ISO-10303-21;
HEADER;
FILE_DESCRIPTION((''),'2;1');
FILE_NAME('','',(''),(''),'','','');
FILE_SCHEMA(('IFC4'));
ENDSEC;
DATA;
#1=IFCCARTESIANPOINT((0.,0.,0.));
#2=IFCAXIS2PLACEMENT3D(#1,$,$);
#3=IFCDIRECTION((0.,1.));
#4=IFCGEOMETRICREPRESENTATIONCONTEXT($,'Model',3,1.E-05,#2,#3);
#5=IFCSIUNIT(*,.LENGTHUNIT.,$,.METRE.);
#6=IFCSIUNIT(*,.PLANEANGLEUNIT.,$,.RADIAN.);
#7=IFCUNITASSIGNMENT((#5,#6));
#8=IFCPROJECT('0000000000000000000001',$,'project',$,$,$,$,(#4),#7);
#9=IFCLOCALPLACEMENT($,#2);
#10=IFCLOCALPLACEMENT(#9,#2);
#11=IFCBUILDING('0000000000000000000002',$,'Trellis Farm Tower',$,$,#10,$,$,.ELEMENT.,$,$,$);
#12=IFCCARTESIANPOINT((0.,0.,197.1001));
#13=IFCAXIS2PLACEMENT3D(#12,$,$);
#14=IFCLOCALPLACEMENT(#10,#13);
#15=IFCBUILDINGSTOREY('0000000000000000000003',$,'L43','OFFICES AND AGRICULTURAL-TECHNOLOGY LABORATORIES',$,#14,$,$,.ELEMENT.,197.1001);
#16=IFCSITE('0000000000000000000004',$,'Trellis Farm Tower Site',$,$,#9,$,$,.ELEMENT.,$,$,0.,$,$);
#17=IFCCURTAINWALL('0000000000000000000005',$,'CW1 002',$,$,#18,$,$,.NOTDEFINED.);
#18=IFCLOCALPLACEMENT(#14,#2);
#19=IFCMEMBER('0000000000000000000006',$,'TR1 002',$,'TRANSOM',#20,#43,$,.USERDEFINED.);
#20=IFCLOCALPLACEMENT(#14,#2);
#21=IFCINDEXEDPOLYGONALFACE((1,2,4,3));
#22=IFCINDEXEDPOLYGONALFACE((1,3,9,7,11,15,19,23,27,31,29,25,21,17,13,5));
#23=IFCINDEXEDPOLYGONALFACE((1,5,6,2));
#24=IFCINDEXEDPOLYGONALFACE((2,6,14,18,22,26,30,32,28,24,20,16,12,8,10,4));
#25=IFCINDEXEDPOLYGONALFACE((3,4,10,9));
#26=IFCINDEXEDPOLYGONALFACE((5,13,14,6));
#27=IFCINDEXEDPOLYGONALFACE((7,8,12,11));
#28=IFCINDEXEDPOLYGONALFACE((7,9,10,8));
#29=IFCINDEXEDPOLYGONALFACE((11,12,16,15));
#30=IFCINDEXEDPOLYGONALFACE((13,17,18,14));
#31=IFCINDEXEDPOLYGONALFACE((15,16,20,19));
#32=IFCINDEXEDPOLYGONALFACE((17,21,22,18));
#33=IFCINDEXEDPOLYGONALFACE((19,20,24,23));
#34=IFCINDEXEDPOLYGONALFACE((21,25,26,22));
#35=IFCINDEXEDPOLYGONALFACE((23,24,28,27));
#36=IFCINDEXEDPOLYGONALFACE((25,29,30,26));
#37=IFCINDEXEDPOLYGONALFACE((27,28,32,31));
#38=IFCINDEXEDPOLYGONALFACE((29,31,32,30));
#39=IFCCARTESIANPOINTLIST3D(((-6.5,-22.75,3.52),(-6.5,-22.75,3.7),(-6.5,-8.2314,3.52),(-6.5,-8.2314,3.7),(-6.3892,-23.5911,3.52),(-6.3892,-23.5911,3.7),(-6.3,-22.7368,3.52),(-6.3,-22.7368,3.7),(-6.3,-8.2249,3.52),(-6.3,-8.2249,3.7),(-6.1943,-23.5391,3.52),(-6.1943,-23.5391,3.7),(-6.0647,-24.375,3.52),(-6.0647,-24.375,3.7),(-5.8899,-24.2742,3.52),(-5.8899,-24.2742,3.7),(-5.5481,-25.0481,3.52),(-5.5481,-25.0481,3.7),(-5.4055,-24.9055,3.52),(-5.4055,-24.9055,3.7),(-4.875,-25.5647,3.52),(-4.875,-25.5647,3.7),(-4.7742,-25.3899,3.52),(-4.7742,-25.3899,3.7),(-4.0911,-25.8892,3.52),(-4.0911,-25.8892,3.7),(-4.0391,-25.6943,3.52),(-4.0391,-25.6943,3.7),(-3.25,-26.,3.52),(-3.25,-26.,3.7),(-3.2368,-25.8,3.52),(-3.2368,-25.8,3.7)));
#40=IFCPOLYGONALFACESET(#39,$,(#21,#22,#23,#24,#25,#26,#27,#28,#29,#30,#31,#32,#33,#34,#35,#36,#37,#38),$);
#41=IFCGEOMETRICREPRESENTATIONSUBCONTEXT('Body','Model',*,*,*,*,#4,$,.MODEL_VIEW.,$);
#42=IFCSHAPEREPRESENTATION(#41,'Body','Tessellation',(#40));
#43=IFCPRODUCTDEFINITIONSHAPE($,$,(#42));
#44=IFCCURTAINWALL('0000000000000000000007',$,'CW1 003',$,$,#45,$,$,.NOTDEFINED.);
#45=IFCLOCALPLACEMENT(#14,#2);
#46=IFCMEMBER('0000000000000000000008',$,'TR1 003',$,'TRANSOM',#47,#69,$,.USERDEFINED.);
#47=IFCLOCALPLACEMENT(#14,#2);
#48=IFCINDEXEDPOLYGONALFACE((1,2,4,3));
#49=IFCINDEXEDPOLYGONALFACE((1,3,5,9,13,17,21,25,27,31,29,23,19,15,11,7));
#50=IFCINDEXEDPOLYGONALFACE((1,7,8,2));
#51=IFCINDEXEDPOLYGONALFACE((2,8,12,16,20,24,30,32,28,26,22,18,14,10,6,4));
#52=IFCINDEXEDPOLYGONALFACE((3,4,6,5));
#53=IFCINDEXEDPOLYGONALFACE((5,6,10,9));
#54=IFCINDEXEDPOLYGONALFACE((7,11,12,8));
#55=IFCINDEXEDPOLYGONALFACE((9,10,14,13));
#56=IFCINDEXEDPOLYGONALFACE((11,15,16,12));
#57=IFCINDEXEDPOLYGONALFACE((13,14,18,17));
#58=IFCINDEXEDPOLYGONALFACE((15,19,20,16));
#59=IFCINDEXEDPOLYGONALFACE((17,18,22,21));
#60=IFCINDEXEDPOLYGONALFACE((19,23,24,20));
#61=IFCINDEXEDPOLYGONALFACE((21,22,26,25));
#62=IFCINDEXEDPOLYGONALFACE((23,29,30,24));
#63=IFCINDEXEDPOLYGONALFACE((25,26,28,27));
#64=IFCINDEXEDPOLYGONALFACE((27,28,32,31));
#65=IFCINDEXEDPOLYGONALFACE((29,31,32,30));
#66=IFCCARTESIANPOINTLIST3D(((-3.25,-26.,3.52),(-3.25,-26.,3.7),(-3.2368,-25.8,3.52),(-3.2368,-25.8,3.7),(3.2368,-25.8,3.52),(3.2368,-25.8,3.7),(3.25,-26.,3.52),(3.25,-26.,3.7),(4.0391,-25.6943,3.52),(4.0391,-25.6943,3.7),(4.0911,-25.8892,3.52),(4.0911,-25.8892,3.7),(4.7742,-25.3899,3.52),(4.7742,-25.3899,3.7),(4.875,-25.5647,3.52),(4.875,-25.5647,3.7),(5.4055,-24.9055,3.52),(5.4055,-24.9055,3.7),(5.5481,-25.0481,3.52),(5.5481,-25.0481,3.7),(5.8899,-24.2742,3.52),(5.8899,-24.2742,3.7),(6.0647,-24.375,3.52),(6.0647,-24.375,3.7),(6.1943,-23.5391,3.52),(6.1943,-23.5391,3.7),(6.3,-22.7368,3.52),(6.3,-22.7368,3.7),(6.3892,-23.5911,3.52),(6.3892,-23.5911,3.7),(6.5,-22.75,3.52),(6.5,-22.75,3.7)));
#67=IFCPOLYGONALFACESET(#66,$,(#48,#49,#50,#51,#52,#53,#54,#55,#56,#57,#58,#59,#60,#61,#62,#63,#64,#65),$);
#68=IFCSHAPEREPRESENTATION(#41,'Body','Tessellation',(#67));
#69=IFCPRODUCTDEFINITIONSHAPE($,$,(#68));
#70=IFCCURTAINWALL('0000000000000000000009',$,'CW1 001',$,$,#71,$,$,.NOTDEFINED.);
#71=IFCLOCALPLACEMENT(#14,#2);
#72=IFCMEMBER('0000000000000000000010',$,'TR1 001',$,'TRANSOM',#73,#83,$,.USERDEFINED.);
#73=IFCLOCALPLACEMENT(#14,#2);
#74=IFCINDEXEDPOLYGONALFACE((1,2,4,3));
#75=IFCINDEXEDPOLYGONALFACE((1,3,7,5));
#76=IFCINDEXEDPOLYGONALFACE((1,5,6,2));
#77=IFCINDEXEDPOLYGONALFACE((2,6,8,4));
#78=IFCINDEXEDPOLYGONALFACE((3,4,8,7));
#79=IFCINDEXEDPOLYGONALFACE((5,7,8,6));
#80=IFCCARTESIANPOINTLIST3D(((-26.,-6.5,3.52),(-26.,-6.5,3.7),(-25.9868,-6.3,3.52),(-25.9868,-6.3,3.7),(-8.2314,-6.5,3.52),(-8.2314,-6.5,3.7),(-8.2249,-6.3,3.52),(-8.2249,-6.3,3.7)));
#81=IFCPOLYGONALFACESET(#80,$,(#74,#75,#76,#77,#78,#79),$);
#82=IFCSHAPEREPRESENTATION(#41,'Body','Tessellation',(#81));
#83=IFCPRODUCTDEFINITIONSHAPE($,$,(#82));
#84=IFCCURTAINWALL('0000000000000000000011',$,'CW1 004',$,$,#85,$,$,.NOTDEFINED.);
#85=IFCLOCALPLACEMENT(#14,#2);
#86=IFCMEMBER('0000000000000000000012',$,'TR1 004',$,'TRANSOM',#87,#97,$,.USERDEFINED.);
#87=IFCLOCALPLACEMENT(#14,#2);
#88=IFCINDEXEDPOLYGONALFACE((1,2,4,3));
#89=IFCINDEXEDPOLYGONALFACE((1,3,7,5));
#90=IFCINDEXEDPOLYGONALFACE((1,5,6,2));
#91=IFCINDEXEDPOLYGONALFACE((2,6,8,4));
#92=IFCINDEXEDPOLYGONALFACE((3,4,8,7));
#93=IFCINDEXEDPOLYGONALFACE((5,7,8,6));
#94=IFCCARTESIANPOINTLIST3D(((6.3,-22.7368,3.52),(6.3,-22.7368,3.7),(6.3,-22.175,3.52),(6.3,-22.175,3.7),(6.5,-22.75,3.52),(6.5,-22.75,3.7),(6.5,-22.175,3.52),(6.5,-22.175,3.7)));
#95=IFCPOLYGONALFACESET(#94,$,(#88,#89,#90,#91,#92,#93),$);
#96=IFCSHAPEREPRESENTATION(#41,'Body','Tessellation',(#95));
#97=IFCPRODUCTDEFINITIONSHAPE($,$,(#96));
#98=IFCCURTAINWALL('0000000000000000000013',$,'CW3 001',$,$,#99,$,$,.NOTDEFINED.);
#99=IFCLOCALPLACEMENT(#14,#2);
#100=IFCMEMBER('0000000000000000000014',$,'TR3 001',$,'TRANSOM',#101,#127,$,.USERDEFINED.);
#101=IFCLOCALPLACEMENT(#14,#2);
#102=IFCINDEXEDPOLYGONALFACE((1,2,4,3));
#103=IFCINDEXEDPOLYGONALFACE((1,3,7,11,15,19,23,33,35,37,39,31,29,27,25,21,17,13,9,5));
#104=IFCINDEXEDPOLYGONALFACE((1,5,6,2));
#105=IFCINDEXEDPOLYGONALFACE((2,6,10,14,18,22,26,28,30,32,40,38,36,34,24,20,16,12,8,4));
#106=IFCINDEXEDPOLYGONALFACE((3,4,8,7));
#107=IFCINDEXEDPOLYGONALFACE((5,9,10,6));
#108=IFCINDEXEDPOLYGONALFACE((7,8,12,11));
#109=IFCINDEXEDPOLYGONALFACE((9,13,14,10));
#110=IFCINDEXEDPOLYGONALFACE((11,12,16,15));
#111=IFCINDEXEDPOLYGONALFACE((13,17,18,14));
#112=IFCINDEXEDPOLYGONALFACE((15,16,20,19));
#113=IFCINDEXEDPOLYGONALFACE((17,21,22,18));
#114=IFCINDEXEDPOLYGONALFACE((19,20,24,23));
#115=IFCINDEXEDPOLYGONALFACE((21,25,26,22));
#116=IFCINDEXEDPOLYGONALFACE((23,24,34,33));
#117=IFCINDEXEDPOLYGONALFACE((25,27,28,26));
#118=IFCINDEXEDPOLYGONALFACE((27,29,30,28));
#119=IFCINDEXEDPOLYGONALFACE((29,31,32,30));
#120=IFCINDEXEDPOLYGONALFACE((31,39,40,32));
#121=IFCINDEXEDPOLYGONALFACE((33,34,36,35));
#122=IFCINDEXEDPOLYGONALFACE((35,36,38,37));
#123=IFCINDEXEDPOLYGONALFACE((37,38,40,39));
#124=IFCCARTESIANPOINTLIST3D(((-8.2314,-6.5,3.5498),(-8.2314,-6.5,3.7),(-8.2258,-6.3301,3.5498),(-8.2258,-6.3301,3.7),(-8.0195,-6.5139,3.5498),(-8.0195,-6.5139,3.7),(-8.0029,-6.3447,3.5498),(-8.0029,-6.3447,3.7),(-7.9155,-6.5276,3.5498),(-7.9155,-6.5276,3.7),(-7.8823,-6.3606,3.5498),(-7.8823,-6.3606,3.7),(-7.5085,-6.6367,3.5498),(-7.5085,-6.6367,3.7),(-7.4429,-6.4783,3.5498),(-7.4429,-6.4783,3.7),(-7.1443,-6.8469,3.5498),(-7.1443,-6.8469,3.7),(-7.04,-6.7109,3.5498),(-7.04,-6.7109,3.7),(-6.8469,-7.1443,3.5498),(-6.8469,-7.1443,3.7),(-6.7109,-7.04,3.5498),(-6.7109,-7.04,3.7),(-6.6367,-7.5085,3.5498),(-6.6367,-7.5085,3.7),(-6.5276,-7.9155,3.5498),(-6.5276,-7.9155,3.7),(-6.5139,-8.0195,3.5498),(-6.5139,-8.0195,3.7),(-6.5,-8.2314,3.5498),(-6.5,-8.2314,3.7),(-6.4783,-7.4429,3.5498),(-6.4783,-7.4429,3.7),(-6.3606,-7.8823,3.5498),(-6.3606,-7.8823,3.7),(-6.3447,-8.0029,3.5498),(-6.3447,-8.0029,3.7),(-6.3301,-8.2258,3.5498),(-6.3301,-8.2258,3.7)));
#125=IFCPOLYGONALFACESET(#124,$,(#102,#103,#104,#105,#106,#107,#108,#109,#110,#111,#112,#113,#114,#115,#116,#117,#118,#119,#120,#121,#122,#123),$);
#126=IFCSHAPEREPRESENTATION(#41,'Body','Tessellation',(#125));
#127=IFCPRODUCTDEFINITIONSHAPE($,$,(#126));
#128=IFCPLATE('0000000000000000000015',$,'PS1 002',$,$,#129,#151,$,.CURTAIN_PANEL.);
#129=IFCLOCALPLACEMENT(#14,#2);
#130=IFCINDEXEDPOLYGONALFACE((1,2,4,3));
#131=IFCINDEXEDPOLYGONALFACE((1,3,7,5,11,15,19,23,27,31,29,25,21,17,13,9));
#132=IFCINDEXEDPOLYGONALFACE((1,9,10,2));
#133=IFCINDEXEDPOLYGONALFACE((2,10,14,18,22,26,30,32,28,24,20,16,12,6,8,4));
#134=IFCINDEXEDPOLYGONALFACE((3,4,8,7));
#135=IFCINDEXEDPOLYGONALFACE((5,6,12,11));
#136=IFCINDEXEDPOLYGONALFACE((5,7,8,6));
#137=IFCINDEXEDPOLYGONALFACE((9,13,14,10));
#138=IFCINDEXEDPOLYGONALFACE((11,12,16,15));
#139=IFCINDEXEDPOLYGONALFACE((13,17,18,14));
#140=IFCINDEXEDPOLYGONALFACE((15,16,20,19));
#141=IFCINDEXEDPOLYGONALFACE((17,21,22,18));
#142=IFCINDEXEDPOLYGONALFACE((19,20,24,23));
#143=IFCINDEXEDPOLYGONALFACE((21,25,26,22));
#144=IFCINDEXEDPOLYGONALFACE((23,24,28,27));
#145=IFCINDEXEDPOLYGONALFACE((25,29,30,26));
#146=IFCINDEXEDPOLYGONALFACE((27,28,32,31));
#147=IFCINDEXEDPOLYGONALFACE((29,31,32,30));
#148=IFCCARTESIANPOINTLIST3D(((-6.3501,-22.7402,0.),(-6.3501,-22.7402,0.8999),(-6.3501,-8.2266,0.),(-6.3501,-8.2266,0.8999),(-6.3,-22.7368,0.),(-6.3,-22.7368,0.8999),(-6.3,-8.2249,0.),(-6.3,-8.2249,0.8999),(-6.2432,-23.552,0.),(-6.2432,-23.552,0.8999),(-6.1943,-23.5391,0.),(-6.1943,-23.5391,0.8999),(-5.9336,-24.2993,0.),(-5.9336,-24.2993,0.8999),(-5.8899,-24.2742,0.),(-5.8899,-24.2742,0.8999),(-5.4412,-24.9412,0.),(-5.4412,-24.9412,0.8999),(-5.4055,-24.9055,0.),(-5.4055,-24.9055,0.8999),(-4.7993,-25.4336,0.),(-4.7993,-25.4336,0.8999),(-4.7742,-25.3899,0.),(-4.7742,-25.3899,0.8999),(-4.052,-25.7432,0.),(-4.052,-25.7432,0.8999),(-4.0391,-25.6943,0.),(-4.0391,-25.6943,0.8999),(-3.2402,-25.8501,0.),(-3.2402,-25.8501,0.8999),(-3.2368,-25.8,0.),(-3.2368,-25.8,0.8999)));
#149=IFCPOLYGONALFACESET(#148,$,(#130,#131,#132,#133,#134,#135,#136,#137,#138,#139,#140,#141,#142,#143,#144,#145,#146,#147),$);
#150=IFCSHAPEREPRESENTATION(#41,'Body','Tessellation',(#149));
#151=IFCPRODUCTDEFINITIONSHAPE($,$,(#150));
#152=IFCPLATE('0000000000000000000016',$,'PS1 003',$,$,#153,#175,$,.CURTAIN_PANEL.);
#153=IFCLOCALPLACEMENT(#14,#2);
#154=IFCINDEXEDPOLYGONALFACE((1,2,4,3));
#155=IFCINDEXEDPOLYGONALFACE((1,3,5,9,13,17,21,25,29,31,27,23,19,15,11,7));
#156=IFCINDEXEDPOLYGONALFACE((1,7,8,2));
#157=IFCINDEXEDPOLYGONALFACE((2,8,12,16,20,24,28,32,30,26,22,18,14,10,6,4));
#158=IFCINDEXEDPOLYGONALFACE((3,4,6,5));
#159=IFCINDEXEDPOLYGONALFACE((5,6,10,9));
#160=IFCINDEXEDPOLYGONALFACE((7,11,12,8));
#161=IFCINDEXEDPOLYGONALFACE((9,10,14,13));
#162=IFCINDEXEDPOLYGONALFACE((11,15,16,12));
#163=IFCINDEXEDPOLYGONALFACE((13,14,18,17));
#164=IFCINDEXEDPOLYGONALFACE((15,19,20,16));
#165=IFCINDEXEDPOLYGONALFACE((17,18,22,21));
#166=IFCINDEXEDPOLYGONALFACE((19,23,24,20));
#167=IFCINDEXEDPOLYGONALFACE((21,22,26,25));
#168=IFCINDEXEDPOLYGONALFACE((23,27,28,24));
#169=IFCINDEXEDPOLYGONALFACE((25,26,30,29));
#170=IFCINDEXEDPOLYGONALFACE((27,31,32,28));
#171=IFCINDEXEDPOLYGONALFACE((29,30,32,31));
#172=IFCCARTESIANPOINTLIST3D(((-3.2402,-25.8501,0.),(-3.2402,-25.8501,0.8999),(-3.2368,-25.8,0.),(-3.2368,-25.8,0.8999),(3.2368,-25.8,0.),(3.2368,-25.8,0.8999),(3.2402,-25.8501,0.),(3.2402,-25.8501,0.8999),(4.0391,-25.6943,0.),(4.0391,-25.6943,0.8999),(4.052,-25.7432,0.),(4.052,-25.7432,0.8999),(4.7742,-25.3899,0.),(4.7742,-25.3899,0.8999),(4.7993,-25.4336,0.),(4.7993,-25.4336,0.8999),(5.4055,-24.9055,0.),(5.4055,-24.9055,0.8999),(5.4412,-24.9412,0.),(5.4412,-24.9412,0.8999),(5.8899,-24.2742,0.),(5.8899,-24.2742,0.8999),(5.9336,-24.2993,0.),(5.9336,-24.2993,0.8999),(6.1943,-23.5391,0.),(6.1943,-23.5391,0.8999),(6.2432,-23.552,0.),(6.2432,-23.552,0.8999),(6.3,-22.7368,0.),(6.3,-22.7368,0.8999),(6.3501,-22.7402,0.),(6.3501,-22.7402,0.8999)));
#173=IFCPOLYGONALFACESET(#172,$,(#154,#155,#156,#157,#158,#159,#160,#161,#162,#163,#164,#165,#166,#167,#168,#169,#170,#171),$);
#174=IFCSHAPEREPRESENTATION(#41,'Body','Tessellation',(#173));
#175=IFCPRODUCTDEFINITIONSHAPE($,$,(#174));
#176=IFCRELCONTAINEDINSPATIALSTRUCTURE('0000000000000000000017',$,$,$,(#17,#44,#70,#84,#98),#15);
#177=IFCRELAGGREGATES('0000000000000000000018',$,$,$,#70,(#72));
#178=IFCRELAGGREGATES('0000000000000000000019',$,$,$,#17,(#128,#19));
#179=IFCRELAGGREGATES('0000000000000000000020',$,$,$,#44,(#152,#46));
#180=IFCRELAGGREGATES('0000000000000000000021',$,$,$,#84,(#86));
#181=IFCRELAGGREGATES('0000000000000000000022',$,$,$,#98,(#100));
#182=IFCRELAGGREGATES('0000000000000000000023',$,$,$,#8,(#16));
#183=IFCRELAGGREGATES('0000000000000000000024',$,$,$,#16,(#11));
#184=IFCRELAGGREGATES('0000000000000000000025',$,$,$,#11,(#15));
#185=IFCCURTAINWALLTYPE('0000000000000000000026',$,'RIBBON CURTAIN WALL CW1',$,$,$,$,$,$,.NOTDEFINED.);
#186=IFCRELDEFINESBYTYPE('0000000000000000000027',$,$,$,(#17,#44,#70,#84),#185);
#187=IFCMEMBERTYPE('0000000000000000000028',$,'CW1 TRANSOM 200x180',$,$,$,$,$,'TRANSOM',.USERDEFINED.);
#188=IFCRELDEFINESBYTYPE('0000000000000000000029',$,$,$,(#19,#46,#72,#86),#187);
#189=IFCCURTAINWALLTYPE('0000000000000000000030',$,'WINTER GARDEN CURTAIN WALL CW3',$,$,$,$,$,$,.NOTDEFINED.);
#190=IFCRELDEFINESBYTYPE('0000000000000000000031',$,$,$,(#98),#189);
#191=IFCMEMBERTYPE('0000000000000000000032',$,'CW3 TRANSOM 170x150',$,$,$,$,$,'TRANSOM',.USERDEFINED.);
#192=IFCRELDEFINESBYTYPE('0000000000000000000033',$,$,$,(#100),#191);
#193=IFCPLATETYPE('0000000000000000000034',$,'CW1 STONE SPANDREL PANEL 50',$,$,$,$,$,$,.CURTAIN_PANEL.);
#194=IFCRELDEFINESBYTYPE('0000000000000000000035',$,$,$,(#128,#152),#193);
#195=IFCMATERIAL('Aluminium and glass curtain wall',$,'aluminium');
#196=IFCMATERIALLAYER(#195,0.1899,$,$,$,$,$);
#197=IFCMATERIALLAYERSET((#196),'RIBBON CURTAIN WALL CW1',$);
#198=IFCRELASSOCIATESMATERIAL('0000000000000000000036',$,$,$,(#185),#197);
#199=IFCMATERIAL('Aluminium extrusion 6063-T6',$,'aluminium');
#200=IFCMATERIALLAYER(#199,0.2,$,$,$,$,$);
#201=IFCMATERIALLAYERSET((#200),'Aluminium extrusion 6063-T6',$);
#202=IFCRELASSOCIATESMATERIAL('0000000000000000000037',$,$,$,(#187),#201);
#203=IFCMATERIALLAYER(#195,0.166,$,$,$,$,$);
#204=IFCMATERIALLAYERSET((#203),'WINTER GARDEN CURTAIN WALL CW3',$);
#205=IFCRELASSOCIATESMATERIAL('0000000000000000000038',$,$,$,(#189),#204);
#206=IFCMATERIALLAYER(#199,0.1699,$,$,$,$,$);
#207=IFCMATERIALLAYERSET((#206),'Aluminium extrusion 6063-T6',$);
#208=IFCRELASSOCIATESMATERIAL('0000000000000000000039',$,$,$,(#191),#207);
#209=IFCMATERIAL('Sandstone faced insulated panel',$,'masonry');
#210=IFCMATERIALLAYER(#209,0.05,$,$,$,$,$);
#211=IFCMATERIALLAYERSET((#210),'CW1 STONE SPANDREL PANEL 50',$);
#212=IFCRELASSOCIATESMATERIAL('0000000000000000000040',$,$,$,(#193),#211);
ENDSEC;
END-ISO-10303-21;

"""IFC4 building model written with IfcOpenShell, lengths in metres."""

from ifc_helpers import new_model, si_unit, direction, frame, origin, place, context, subcontext, project, spatial, polyline, outline, extrude, source, transform, mapped, material, layer, layer_set, type_object, element, aggregate, save


model = new_model("IFC4")

# Units and contexts
model_context = context("Model", 3, precision=1e-05, world=origin(), true_north=direction((0.0, 1.0)))
body_context = subcontext(model_context, "Body", "Model", "MODEL_VIEW")
ifc_project = project(units=[si_unit("LENGTHUNIT", "METRE"), si_unit("PLANEANGLEUNIT", "RADIAN")], contexts=[model_context])

# Site, building, storey
site_placement = place(None, origin())
site = spatial("IfcSite", under=ifc_project, at=site_placement, Name="Trellis Farm Tower Site", CompositionType="ELEMENT", RefElevation=0.0)
building_placement = place(site_placement, origin())
building = spatial("IfcBuilding", under=site, at=building_placement, Name="Trellis Farm Tower", CompositionType="ELEMENT")
storey_placement = place(building_placement, frame((0.0, 0.0, 197.1001)))
storey = spatial("IfcBuildingStorey", under=building, at=storey_placement, Name="L43", Description="OFFICES AND AGRICULTURAL-TECHNOLOGY LABORATORIES", CompositionType="ELEMENT", Elevation=197.1001)

# Curtain walls, members
ifc_material_1 = material(Name="Aluminium and glass curtain wall", Category="aluminium")
ifc_layer_1 = layer(ifc_material_1, 0.1899)
ifc_layer_set_1 = layer_set([ifc_layer_1], Name="RIBBON CURTAIN WALL CW1")
curtain_wall_type_1 = type_object("IfcCurtainWallType", Name="RIBBON CURTAIN WALL CW1", PredefinedType="NOTDEFINED", material=ifc_layer_set_1)
placement_1 = place(storey_placement, origin())
curtain_wall_1 = element("IfcCurtainWall", 1, at=placement_1, inside=storey, type_object=curtain_wall_type_1, Name="CW1 002", PredefinedType="NOTDEFINED")
ifc_material_2 = material(Name="Aluminium extrusion 6063-T6", Category="aluminium")
ifc_layer_2 = layer(ifc_material_2, 0.2)
ifc_layer_set_2 = layer_set([ifc_layer_2], Name="Aluminium extrusion 6063-T6")
member_type_1 = type_object("IfcMemberType", Name="CW1 TRANSOM 200x180", ElementType="TRANSOM", PredefinedType="USERDEFINED", material=ifc_layer_set_2)
shared_shape_1 = source(origin(), body_context, "Body", "SweptSolid", [
    extrude(outline(polyline([(-6.5, -8.2314), (-6.5, -22.75), (-6.3892, -23.5911), (-6.0647, -24.375), (-5.5481, -25.0481), (-4.875, -25.5647), (-4.0911, -25.8892), (-3.25, -26.0), (-3.2368, -25.8), (-4.0391, -25.6943), (-4.7742, -25.3899), (-5.4055, -24.9055), (-5.8899, -24.2742), (-6.1943, -23.5391), (-6.3, -22.7368), (-6.3, -8.2249), (-6.5, -8.2314)])), origin(), (0.0, 0.0, 1.0), 0.1799),
])
placement_2 = place(storey_placement, frame((0.0, 0.0, 3.52)))
member_1 = element("IfcMember", 2, at=placement_2, type_object=member_type_1, Name="TR1 002", ObjectType="TRANSOM", PredefinedType="USERDEFINED", context=body_context, shape_type="MappedRepresentation", body=[
    mapped(shared_shape_1, transform((0.0, 0.0, 0.0))),
])
curtain_wall_2 = element("IfcCurtainWall", 3, at=placement_1, inside=storey, type_object=curtain_wall_type_1, Name="CW1 003", PredefinedType="NOTDEFINED")
shared_shape_2 = source(origin(), body_context, "Body", "SweptSolid", [
    extrude(outline(polyline([(-3.25, -26.0), (3.25, -26.0), (4.0911, -25.8892), (4.875, -25.5647), (5.5481, -25.0481), (6.0647, -24.375), (6.3892, -23.5911), (6.5, -22.75), (6.3, -22.7368), (6.1943, -23.5391), (5.8899, -24.2742), (5.4055, -24.9055), (4.7742, -25.3899), (4.0391, -25.6943), (3.2368, -25.8), (-3.2368, -25.8), (-3.25, -26.0)])), origin(), (0.0, 0.0, 1.0), 0.1799),
])
member_2 = element("IfcMember", 4, at=placement_2, type_object=member_type_1, Name="TR1 003", ObjectType="TRANSOM", PredefinedType="USERDEFINED", context=body_context, shape_type="MappedRepresentation", body=[
    mapped(shared_shape_2, transform((0.0, 0.0, 0.0))),
])
curtain_wall_3 = element("IfcCurtainWall", 5, at=placement_1, inside=storey, type_object=curtain_wall_type_1, Name="CW1 001", PredefinedType="NOTDEFINED")
shared_shape_3 = source(origin(), body_context, "Body", "SweptSolid", [
    extrude(outline(polyline([(-26.0, -6.5), (-8.2314, -6.5), (-8.2249, -6.3), (-25.9868, -6.3), (-26.0, -6.5)])), origin(), (0.0, 0.0, 1.0), 0.1799),
])
member_3 = element("IfcMember", 6, at=placement_2, type_object=member_type_1, Name="TR1 001", ObjectType="TRANSOM", PredefinedType="USERDEFINED", context=body_context, shape_type="MappedRepresentation", body=[
    mapped(shared_shape_3, transform((0.0, 0.0, 0.0))),
])
aggregate(curtain_wall_3, [member_3])
curtain_wall_4 = element("IfcCurtainWall", 7, at=placement_1, inside=storey, type_object=curtain_wall_type_1, Name="CW1 004", PredefinedType="NOTDEFINED")
shared_shape_4 = source(origin(), body_context, "Body", "SweptSolid", [
    extrude(outline(polyline([(6.5, -22.75), (6.5, -22.175), (6.3, -22.175), (6.3, -22.7368), (6.5, -22.75)])), origin(), (0.0, 0.0, 1.0), 0.1799),
])
member_4 = element("IfcMember", 8, at=placement_2, type_object=member_type_1, Name="TR1 004", ObjectType="TRANSOM", PredefinedType="USERDEFINED", context=body_context, shape_type="MappedRepresentation", body=[
    mapped(shared_shape_4, transform((0.0, 0.0, 0.0))),
])
ifc_layer_3 = layer(ifc_material_1, 0.166)
ifc_layer_set_3 = layer_set([ifc_layer_3], Name="WINTER GARDEN CURTAIN WALL CW3")
curtain_wall_type_2 = type_object("IfcCurtainWallType", Name="WINTER GARDEN CURTAIN WALL CW3", PredefinedType="NOTDEFINED", material=ifc_layer_set_3)
curtain_wall_5 = element("IfcCurtainWall", 9, at=placement_1, inside=storey, type_object=curtain_wall_type_2, Name="CW3 001", PredefinedType="NOTDEFINED")
ifc_layer_4 = layer(ifc_material_2, 0.1699)
ifc_layer_set_4 = layer_set([ifc_layer_4], Name="Aluminium extrusion 6063-T6")
member_type_2 = type_object("IfcMemberType", Name="CW3 TRANSOM 170x150", ElementType="TRANSOM", PredefinedType="USERDEFINED", material=ifc_layer_set_4)
shared_shape_5 = source(origin(), body_context, "Body", "SweptSolid", [
    extrude(outline(polyline([(-8.2314, -6.5), (-8.0195, -6.5139), (-7.9155, -6.5276), (-7.5085, -6.6367), (-7.1443, -6.8469), (-6.8469, -7.1443), (-6.6367, -7.5085), (-6.5276, -7.9155), (-6.5139, -8.0195), (-6.5, -8.2314), (-6.3301, -8.2258), (-6.3447, -8.0029), (-6.3606, -7.8823), (-6.4783, -7.4429), (-6.7109, -7.04), (-7.04, -6.7109), (-7.4429, -6.4783), (-7.8823, -6.3606), (-8.0029, -6.3447), (-8.2258, -6.3301), (-8.2314, -6.5)])), origin(), (0.0, 0.0, 1.0), 0.1501),
])
member_5_placement = place(storey_placement, frame((0.0, 0.0, 3.5498)))
member_5 = element("IfcMember", 10, at=member_5_placement, type_object=member_type_2, Name="TR3 001", ObjectType="TRANSOM", PredefinedType="USERDEFINED", context=body_context, shape_type="MappedRepresentation", body=[
    mapped(shared_shape_5, transform((0.0, 0.0, 0.0))),
])

# Plates
ifc_material_3 = material(Name="Sandstone faced insulated panel", Category="masonry")
ifc_layer_5 = layer(ifc_material_3, 0.05)
ifc_layer_set_5 = layer_set([ifc_layer_5], Name="CW1 STONE SPANDREL PANEL 50")
plate_type_1 = type_object("IfcPlateType", Name="CW1 STONE SPANDREL PANEL 50", PredefinedType="CURTAIN_PANEL", material=ifc_layer_set_5)
shared_shape_6 = source(origin(), body_context, "Body", "SweptSolid", [
    extrude(outline(polyline([(-6.3501, -8.2266), (-6.3501, -22.7402), (-6.2432, -23.552), (-5.9336, -24.2993), (-5.4412, -24.9412), (-4.7993, -25.4336), (-4.052, -25.7432), (-3.2402, -25.8501), (-3.2368, -25.8), (-4.0391, -25.6943), (-4.7742, -25.3899), (-5.4055, -24.9055), (-5.8899, -24.2742), (-6.1943, -23.5391), (-6.3, -22.7368), (-6.3, -8.2249), (-6.3501, -8.2266)])), origin(), (0.0, 0.0, 1.0), 0.8999),
])
plate_1 = element("IfcPlate", 11, at=placement_1, type_object=plate_type_1, Name="PS1 002", PredefinedType="CURTAIN_PANEL", context=body_context, shape_type="MappedRepresentation", body=[
    mapped(shared_shape_6, transform((0.0, 0.0, 0.0))),
])
shared_shape_7 = source(origin(), body_context, "Body", "SweptSolid", [
    extrude(outline(polyline([(-3.2402, -25.8501), (3.2402, -25.8501), (4.052, -25.7432), (4.7993, -25.4336), (5.4412, -24.9412), (5.9336, -24.2993), (6.2432, -23.552), (6.3501, -22.7402), (6.3, -22.7368), (6.1943, -23.5391), (5.8899, -24.2742), (5.4055, -24.9055), (4.7742, -25.3899), (4.0391, -25.6943), (3.2368, -25.8), (-3.2368, -25.8), (-3.2402, -25.8501)])), origin(), (0.0, 0.0, 1.0), 0.8999),
])
plate_2 = element("IfcPlate", 12, at=placement_1, type_object=plate_type_1, Name="PS1 003", PredefinedType="CURTAIN_PANEL", context=body_context, shape_type="MappedRepresentation", body=[
    mapped(shared_shape_7, transform((0.0, 0.0, 0.0))),
])
aggregate(curtain_wall_1, [plate_1, member_1])
aggregate(curtain_wall_2, [plate_2, member_2])
aggregate(curtain_wall_4, [member_4])

aggregate(curtain_wall_5, [member_5])

save(model, "model.ifc")
